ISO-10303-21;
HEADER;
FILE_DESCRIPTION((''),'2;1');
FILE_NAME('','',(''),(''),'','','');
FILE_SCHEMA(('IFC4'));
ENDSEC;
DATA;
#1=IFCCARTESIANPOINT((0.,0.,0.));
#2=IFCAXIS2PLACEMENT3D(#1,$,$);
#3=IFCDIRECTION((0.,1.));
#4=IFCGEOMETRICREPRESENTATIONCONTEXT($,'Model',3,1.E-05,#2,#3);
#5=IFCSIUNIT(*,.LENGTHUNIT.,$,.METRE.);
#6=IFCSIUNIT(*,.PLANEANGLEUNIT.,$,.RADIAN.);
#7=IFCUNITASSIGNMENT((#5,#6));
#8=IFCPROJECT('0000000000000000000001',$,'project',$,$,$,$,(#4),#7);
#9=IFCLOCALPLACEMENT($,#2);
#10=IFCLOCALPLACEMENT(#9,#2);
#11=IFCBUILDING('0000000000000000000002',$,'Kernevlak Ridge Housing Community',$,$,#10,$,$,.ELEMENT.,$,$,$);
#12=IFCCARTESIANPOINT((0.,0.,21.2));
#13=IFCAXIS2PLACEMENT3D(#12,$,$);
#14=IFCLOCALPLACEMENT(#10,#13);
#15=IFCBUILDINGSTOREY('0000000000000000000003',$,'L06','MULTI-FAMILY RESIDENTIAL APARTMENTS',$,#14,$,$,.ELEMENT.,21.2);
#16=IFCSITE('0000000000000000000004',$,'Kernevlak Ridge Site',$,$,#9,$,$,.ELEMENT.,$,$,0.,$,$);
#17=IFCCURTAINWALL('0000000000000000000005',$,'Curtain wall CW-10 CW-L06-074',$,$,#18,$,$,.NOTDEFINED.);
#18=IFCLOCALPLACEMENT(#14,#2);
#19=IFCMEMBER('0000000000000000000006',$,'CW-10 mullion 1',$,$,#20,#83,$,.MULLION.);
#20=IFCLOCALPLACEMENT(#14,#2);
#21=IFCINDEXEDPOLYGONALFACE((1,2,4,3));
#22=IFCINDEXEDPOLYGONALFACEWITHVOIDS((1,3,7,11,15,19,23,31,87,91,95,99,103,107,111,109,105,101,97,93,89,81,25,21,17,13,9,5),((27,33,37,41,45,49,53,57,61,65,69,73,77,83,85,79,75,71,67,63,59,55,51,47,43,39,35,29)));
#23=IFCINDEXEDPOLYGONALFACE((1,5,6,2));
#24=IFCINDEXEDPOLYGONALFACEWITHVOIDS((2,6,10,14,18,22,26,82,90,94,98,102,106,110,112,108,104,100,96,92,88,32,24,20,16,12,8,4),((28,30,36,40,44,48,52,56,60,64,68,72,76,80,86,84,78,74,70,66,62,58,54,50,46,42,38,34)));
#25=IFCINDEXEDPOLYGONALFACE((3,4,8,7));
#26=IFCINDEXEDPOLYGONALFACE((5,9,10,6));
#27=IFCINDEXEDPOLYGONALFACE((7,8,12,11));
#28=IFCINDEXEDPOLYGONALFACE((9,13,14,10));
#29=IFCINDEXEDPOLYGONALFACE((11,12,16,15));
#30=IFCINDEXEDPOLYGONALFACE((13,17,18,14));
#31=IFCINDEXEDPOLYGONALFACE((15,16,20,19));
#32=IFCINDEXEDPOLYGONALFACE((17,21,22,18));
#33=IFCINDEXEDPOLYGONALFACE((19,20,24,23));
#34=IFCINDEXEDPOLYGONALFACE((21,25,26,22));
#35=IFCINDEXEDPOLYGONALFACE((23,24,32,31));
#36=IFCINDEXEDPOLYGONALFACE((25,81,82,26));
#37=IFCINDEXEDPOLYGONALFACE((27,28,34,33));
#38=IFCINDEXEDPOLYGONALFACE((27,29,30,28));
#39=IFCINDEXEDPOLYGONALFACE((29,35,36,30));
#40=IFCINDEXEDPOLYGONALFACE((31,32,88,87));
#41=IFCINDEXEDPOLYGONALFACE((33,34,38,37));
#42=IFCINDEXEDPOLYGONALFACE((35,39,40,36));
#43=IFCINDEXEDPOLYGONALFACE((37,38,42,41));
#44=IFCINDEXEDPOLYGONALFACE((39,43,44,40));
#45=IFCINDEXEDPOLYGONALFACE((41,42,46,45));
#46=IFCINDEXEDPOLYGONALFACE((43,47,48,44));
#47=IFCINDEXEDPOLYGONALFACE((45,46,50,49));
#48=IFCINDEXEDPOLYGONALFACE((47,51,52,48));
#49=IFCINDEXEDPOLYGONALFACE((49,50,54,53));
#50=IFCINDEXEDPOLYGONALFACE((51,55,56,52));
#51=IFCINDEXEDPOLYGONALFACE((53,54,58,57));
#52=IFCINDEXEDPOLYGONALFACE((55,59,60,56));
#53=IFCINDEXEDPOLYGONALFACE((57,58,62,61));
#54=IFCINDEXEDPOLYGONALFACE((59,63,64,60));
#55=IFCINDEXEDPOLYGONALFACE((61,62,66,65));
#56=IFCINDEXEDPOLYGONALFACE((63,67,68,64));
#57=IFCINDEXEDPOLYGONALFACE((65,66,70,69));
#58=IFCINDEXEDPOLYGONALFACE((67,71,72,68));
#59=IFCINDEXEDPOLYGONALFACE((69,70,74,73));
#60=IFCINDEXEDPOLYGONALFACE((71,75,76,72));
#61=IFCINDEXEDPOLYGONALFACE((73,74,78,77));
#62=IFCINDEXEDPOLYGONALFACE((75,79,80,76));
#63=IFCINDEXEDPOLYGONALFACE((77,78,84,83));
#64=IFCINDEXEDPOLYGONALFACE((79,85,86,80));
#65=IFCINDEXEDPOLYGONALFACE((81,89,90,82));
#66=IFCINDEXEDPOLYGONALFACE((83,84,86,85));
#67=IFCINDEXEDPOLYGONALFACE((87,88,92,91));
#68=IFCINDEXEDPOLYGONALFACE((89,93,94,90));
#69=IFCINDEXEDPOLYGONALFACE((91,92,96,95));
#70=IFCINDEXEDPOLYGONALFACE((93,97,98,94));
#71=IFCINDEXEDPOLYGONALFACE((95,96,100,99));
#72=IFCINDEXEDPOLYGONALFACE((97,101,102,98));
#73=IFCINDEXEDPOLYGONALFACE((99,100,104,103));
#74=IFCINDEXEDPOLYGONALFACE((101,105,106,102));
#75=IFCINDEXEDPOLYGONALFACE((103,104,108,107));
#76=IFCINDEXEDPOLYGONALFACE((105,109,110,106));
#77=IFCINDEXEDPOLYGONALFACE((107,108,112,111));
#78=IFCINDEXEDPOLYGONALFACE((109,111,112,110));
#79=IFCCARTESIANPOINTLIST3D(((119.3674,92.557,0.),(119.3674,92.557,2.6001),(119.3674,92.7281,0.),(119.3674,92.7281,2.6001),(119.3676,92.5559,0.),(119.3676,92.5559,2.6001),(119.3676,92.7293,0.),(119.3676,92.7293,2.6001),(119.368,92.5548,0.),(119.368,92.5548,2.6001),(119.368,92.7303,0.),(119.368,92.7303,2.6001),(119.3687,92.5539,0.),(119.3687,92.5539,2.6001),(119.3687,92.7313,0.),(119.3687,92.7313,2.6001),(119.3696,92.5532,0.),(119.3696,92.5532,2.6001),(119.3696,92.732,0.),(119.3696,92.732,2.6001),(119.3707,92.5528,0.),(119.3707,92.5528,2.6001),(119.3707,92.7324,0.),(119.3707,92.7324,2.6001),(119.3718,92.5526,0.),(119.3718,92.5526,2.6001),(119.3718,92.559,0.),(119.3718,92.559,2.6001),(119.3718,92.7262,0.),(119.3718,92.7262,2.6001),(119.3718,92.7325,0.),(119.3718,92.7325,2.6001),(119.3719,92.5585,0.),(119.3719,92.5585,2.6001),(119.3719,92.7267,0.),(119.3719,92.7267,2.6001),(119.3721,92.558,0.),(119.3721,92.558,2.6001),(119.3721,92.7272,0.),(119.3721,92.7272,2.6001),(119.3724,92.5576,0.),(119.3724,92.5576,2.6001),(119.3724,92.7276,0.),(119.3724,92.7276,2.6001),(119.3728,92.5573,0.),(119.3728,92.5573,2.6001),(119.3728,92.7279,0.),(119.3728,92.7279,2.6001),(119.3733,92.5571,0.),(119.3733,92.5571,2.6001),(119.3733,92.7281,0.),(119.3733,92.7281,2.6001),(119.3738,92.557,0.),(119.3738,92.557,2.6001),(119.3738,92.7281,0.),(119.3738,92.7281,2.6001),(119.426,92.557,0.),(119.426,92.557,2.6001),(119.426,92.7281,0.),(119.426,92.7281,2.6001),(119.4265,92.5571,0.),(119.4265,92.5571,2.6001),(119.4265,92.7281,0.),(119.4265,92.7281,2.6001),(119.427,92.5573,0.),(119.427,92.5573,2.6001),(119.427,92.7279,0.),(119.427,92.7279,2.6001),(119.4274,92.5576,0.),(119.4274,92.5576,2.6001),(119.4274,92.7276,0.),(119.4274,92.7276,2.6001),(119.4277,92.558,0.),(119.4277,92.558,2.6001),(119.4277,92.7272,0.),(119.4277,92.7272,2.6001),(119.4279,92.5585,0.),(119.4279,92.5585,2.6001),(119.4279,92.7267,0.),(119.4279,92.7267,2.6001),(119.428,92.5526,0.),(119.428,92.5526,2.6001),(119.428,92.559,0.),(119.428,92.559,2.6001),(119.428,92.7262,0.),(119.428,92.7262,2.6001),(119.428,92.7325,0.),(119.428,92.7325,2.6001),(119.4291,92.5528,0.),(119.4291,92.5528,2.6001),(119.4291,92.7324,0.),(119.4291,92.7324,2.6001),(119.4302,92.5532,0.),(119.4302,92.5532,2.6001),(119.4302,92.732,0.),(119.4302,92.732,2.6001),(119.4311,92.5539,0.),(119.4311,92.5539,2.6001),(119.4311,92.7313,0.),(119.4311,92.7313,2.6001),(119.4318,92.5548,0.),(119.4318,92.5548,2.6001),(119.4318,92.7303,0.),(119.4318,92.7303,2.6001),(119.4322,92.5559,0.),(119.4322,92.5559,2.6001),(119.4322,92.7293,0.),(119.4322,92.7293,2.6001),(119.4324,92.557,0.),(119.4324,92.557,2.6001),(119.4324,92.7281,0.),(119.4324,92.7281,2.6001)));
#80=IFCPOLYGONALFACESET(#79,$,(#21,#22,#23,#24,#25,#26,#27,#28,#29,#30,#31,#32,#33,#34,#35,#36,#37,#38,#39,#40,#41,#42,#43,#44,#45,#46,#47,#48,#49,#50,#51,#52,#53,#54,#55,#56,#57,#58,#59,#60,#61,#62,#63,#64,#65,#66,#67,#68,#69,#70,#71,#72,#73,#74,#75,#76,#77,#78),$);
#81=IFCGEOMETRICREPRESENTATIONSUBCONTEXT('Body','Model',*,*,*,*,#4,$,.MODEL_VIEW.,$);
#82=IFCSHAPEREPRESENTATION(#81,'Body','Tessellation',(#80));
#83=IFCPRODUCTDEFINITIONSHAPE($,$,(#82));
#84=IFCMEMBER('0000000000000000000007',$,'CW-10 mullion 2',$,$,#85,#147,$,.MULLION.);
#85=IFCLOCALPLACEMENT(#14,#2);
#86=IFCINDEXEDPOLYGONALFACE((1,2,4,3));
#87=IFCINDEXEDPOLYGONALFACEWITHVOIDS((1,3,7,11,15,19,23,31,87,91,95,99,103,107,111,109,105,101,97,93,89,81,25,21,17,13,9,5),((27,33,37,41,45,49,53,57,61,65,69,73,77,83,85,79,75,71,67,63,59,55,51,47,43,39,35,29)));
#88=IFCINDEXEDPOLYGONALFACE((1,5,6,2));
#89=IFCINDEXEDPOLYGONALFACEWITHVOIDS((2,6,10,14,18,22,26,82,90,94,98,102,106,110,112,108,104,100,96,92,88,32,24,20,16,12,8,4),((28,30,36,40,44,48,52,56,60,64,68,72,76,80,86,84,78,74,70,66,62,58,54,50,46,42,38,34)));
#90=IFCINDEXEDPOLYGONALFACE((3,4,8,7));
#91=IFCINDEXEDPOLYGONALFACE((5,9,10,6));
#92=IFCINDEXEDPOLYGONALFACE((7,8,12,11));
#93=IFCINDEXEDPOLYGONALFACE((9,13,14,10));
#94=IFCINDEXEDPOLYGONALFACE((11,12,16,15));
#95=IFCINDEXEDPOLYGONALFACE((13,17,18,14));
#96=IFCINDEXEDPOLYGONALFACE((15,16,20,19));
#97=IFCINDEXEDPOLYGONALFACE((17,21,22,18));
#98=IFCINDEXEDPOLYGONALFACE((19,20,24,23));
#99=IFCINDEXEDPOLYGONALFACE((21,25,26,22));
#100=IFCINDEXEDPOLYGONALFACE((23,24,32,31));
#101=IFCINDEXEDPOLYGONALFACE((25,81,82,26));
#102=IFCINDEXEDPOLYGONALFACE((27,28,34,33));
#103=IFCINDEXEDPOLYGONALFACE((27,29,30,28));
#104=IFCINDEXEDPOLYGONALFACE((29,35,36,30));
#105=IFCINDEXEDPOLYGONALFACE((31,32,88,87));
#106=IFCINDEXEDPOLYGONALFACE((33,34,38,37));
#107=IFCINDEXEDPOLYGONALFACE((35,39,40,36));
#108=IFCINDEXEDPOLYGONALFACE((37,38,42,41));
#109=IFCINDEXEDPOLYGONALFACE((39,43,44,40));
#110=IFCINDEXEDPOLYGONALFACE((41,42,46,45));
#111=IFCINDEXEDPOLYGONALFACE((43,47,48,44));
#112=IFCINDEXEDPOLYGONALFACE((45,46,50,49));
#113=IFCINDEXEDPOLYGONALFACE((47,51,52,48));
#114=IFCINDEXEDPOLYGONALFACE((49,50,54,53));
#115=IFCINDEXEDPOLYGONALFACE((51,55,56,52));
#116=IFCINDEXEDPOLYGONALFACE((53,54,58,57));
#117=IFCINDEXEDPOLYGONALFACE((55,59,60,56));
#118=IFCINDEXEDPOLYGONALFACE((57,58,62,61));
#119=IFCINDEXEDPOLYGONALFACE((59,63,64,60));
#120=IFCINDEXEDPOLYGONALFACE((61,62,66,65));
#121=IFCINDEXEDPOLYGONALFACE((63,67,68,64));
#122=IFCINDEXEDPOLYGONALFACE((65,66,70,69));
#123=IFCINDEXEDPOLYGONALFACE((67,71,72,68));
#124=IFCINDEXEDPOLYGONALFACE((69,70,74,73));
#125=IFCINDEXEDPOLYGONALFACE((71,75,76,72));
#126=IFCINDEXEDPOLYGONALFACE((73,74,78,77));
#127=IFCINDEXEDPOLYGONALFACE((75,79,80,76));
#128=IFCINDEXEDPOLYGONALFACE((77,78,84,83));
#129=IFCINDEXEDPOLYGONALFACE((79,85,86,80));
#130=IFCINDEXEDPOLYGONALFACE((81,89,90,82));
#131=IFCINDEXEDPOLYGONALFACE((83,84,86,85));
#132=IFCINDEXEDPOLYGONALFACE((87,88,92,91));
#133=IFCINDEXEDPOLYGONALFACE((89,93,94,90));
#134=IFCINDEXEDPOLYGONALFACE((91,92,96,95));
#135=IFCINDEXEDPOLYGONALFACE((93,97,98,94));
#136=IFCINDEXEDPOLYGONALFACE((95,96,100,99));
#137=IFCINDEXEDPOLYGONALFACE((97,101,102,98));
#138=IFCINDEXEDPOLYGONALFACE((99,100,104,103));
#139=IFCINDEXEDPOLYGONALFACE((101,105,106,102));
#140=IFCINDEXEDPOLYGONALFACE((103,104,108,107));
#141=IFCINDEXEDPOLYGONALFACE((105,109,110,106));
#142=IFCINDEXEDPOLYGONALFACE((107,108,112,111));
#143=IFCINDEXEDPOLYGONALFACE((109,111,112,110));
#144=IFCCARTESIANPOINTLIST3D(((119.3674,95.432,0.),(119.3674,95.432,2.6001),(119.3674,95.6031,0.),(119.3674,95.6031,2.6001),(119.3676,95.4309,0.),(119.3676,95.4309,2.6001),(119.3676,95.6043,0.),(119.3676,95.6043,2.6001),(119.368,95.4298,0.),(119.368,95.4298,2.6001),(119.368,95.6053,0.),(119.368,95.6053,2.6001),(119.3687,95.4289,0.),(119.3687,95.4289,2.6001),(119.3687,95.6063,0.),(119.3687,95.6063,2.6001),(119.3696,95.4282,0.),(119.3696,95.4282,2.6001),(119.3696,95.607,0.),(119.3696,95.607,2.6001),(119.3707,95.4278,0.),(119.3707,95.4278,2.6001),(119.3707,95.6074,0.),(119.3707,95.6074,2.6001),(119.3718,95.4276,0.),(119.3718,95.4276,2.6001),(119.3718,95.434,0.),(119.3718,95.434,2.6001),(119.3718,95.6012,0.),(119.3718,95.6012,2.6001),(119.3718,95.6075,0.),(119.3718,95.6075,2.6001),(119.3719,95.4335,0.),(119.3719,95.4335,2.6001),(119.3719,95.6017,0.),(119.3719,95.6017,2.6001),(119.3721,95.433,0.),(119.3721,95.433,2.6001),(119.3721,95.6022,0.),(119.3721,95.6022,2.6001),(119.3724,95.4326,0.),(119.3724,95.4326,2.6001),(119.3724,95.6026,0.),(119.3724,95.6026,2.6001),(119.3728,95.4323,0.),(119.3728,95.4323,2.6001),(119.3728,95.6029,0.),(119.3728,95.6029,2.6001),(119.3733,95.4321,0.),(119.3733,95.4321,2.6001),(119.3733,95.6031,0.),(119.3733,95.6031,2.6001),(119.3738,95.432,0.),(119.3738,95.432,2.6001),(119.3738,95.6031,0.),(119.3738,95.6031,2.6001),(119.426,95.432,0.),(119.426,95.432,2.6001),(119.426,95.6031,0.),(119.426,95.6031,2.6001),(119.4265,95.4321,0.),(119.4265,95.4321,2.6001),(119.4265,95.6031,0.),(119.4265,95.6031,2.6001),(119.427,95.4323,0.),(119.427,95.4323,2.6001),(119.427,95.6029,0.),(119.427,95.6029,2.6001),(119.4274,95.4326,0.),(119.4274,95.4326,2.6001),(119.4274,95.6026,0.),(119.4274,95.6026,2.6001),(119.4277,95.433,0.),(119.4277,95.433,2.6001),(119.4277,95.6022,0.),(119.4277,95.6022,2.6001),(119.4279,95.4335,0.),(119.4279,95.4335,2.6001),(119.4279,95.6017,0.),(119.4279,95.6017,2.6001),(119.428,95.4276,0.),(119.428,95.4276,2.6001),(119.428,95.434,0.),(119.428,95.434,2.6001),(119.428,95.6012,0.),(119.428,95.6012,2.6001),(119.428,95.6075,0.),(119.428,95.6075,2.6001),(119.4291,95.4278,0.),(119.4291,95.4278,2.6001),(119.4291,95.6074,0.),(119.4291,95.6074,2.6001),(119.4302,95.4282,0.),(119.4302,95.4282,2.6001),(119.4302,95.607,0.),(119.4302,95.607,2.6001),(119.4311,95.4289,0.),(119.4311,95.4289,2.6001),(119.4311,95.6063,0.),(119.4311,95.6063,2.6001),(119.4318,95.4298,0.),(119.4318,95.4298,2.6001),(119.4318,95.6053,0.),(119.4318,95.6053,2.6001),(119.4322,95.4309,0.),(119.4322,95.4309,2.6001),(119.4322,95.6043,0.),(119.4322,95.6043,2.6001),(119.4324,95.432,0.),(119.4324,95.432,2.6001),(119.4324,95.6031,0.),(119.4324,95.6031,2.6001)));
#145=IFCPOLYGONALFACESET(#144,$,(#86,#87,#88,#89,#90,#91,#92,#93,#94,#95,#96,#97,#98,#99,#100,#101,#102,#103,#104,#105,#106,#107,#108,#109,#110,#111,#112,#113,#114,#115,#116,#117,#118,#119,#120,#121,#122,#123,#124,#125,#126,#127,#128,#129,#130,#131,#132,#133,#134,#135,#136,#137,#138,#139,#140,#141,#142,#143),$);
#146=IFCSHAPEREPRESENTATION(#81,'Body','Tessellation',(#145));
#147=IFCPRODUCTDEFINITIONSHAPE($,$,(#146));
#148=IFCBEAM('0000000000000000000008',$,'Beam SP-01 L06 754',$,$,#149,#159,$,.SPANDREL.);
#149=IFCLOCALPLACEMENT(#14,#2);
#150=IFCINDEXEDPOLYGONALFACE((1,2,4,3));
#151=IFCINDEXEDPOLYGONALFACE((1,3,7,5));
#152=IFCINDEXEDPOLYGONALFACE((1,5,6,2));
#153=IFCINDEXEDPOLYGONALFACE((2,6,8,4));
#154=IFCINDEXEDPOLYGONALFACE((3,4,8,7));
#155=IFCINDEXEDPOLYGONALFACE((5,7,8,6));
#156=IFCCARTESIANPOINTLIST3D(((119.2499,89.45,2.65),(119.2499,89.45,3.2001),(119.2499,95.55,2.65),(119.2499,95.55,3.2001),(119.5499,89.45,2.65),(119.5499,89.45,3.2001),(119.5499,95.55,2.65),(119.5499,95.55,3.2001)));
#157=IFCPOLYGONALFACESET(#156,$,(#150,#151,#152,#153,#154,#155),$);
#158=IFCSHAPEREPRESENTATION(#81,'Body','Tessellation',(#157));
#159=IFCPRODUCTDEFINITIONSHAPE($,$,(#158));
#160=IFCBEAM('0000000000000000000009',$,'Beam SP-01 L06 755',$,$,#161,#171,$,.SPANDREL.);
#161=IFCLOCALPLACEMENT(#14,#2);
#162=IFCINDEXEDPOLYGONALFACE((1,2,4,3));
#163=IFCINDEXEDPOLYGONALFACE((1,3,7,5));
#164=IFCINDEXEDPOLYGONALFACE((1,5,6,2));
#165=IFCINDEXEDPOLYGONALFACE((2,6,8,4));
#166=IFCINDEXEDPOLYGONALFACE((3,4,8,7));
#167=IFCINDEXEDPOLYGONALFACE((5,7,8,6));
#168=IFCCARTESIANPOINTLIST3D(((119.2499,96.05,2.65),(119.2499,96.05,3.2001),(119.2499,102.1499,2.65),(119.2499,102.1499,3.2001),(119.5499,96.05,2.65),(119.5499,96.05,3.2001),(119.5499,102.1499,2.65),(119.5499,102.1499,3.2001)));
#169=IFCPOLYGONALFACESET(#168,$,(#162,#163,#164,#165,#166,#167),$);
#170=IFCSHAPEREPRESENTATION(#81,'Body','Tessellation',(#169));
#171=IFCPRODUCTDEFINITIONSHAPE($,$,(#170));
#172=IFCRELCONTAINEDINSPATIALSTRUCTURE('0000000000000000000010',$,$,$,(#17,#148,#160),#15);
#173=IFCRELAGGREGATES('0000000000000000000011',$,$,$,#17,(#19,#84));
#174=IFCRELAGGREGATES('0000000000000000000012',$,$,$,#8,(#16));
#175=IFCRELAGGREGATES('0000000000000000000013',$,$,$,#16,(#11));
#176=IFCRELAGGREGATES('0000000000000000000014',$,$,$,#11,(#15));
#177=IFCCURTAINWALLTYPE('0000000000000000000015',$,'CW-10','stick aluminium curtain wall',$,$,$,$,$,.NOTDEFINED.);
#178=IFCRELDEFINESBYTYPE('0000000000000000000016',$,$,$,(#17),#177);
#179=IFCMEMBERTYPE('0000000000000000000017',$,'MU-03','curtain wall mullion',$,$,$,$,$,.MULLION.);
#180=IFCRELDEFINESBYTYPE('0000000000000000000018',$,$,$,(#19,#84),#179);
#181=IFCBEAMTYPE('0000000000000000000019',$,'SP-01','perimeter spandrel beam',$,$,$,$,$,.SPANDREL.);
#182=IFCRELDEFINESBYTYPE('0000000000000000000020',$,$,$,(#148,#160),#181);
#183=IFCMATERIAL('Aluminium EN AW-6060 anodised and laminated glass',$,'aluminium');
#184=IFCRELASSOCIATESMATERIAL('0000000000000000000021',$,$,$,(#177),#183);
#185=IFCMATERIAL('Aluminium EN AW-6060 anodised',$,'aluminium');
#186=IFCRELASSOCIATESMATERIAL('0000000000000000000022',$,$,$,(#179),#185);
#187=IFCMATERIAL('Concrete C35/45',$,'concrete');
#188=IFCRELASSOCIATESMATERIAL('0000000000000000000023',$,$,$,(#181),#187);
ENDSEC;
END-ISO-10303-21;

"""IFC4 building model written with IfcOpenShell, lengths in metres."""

from ifc_helpers import new_model, si_unit, direction, frame, origin, origin_2d, place, context, subcontext, project, spatial, rectangle, hollow_rectangle, extrude, material, material_profile, profile_set, type_object, element, aggregate, save


model = new_model("IFC4")

# Units and contexts
model_context = context("Model", 3, precision=1e-05, world=origin(), true_north=direction((0.0, 1.0)))
body_context = subcontext(model_context, "Body", "Model", "MODEL_VIEW")
ifc_project = project(units=[si_unit("LENGTHUNIT", "METRE"), si_unit("PLANEANGLEUNIT", "RADIAN")], contexts=[model_context])

# Site, building, storey
site_placement = place(None, origin())
site = spatial("IfcSite", under=ifc_project, at=site_placement, Name="Kernevlak Ridge Site", CompositionType="ELEMENT", RefElevation=0.0)
building_placement = place(site_placement, origin())
building = spatial("IfcBuilding", under=site, at=building_placement, Name="Kernevlak Ridge Housing Community", CompositionType="ELEMENT")
storey_placement = place(building_placement, frame((0.0, 0.0, 21.2)))
storey = spatial("IfcBuildingStorey", under=building, at=storey_placement, Name="L06", Description="MULTI-FAMILY RESIDENTIAL APARTMENTS", CompositionType="ELEMENT", Elevation=21.2)

# Curtain wall, members
ifc_material_1 = material(Name="Aluminium EN AW-6060 anodised and laminated glass", Category="aluminium")
ifc_material_2 = material(Name="Aluminium EN AW-6060 anodised", Category="aluminium")
curtain_wall_type_1 = type_object("IfcCurtainWallType", Name="CW-10", Description="stick aluminium curtain wall", PredefinedType="NOTDEFINED", material=ifc_material_1)
curtain_wall_1_placement = place(storey_placement, origin())
curtain_wall_1 = element("IfcCurtainWall", 1, at=curtain_wall_1_placement, inside=storey, type_object=curtain_wall_type_1, Name="Curtain wall CW-10 CW-L06-074", PredefinedType="NOTDEFINED")
ifc_material_profile_1 = material_profile(ifc_material_2, hollow_rectangle(XDim=0.0649, YDim=0.1799, WallThickness=0.0044, InnerFilletRadius=0.002, OuterFilletRadius=0.0044, at=origin_2d()), Name="ALU 65x180x4.5")
ifc_profile_set_1 = profile_set([ifc_material_profile_1], Name="Aluminium EN AW-6060 anodised")
member_type_1 = type_object("IfcMemberType", Name="MU-03", Description="curtain wall mullion", PredefinedType="MULLION", material=ifc_profile_set_1)
member_1_placement = place(storey_placement, frame((119.3999, 92.6426, 0.0), z_axis=(0.0, 0.0, 1.0), x_axis=(-1.0, 0.0, 0.0)))
member_1 = element("IfcMember", 2, at=member_1_placement, type_object=member_type_1, Name="CW-10 mullion 1", PredefinedType="MULLION", context=body_context, shape_type="SweptSolid", body=[
    extrude(hollow_rectangle(XDim=0.0649, YDim=0.1799, WallThickness=0.0044, InnerFilletRadius=0.002, OuterFilletRadius=0.0044, at=origin_2d()), origin(), (0.0, 0.0, 1.0), 2.6001),
])
member_2_placement = place(storey_placement, frame((119.3999, 95.5176, 0.0), z_axis=(0.0, 0.0, 1.0), x_axis=(-1.0, 0.0, 0.0)))
member_2 = element("IfcMember", 3, at=member_2_placement, type_object=member_type_1, Name="CW-10 mullion 2", PredefinedType="MULLION", context=body_context, shape_type="SweptSolid", body=[
    extrude(hollow_rectangle(XDim=0.0649, YDim=0.1799, WallThickness=0.0044, InnerFilletRadius=0.002, OuterFilletRadius=0.0044, at=origin_2d()), origin(), (0.0, 0.0, 1.0), 2.6001),
])

# Beams
ifc_material_3 = material(Name="Concrete C35/45", Category="concrete")
ifc_material_profile_2 = material_profile(ifc_material_3, rectangle(XDim=0.3, YDim=0.55, at=origin_2d()), Name="RC 300x550")
ifc_profile_set_2 = profile_set([ifc_material_profile_2], Name="Concrete C35/45")
beam_type = type_object("IfcBeamType", Name="SP-01", Description="perimeter spandrel beam", PredefinedType="SPANDREL", material=ifc_profile_set_2)
beam_1_placement = place(storey_placement, frame((119.3999, 89.45, 2.925), z_axis=(0.0, 1.0, 0.0), x_axis=(-1.0, 0.0, 0.0)))
element("IfcBeam", 4, at=beam_1_placement, inside=storey, type_object=beam_type, Name="Beam SP-01 L06 754", PredefinedType="SPANDREL", context=body_context, shape_type="SweptSolid", body=[
    extrude(rectangle(XDim=0.3, YDim=0.55, at=origin_2d()), origin(), (0.0, 0.0, 1.0), 6.1001),
])
beam_2_placement = place(storey_placement, frame((119.3999, 96.05, 2.925), z_axis=(0.0, 1.0, 0.0), x_axis=(-1.0, 0.0, 0.0)))
element("IfcBeam", 5, at=beam_2_placement, inside=storey, type_object=beam_type, Name="Beam SP-01 L06 755", PredefinedType="SPANDREL", context=body_context, shape_type="SweptSolid", body=[
    extrude(rectangle(XDim=0.3, YDim=0.55, at=origin_2d()), origin(), (0.0, 0.0, 1.0), 6.0999),
])

aggregate(curtain_wall_1, [member_1, member_2])

save(model, "model.ifc")
